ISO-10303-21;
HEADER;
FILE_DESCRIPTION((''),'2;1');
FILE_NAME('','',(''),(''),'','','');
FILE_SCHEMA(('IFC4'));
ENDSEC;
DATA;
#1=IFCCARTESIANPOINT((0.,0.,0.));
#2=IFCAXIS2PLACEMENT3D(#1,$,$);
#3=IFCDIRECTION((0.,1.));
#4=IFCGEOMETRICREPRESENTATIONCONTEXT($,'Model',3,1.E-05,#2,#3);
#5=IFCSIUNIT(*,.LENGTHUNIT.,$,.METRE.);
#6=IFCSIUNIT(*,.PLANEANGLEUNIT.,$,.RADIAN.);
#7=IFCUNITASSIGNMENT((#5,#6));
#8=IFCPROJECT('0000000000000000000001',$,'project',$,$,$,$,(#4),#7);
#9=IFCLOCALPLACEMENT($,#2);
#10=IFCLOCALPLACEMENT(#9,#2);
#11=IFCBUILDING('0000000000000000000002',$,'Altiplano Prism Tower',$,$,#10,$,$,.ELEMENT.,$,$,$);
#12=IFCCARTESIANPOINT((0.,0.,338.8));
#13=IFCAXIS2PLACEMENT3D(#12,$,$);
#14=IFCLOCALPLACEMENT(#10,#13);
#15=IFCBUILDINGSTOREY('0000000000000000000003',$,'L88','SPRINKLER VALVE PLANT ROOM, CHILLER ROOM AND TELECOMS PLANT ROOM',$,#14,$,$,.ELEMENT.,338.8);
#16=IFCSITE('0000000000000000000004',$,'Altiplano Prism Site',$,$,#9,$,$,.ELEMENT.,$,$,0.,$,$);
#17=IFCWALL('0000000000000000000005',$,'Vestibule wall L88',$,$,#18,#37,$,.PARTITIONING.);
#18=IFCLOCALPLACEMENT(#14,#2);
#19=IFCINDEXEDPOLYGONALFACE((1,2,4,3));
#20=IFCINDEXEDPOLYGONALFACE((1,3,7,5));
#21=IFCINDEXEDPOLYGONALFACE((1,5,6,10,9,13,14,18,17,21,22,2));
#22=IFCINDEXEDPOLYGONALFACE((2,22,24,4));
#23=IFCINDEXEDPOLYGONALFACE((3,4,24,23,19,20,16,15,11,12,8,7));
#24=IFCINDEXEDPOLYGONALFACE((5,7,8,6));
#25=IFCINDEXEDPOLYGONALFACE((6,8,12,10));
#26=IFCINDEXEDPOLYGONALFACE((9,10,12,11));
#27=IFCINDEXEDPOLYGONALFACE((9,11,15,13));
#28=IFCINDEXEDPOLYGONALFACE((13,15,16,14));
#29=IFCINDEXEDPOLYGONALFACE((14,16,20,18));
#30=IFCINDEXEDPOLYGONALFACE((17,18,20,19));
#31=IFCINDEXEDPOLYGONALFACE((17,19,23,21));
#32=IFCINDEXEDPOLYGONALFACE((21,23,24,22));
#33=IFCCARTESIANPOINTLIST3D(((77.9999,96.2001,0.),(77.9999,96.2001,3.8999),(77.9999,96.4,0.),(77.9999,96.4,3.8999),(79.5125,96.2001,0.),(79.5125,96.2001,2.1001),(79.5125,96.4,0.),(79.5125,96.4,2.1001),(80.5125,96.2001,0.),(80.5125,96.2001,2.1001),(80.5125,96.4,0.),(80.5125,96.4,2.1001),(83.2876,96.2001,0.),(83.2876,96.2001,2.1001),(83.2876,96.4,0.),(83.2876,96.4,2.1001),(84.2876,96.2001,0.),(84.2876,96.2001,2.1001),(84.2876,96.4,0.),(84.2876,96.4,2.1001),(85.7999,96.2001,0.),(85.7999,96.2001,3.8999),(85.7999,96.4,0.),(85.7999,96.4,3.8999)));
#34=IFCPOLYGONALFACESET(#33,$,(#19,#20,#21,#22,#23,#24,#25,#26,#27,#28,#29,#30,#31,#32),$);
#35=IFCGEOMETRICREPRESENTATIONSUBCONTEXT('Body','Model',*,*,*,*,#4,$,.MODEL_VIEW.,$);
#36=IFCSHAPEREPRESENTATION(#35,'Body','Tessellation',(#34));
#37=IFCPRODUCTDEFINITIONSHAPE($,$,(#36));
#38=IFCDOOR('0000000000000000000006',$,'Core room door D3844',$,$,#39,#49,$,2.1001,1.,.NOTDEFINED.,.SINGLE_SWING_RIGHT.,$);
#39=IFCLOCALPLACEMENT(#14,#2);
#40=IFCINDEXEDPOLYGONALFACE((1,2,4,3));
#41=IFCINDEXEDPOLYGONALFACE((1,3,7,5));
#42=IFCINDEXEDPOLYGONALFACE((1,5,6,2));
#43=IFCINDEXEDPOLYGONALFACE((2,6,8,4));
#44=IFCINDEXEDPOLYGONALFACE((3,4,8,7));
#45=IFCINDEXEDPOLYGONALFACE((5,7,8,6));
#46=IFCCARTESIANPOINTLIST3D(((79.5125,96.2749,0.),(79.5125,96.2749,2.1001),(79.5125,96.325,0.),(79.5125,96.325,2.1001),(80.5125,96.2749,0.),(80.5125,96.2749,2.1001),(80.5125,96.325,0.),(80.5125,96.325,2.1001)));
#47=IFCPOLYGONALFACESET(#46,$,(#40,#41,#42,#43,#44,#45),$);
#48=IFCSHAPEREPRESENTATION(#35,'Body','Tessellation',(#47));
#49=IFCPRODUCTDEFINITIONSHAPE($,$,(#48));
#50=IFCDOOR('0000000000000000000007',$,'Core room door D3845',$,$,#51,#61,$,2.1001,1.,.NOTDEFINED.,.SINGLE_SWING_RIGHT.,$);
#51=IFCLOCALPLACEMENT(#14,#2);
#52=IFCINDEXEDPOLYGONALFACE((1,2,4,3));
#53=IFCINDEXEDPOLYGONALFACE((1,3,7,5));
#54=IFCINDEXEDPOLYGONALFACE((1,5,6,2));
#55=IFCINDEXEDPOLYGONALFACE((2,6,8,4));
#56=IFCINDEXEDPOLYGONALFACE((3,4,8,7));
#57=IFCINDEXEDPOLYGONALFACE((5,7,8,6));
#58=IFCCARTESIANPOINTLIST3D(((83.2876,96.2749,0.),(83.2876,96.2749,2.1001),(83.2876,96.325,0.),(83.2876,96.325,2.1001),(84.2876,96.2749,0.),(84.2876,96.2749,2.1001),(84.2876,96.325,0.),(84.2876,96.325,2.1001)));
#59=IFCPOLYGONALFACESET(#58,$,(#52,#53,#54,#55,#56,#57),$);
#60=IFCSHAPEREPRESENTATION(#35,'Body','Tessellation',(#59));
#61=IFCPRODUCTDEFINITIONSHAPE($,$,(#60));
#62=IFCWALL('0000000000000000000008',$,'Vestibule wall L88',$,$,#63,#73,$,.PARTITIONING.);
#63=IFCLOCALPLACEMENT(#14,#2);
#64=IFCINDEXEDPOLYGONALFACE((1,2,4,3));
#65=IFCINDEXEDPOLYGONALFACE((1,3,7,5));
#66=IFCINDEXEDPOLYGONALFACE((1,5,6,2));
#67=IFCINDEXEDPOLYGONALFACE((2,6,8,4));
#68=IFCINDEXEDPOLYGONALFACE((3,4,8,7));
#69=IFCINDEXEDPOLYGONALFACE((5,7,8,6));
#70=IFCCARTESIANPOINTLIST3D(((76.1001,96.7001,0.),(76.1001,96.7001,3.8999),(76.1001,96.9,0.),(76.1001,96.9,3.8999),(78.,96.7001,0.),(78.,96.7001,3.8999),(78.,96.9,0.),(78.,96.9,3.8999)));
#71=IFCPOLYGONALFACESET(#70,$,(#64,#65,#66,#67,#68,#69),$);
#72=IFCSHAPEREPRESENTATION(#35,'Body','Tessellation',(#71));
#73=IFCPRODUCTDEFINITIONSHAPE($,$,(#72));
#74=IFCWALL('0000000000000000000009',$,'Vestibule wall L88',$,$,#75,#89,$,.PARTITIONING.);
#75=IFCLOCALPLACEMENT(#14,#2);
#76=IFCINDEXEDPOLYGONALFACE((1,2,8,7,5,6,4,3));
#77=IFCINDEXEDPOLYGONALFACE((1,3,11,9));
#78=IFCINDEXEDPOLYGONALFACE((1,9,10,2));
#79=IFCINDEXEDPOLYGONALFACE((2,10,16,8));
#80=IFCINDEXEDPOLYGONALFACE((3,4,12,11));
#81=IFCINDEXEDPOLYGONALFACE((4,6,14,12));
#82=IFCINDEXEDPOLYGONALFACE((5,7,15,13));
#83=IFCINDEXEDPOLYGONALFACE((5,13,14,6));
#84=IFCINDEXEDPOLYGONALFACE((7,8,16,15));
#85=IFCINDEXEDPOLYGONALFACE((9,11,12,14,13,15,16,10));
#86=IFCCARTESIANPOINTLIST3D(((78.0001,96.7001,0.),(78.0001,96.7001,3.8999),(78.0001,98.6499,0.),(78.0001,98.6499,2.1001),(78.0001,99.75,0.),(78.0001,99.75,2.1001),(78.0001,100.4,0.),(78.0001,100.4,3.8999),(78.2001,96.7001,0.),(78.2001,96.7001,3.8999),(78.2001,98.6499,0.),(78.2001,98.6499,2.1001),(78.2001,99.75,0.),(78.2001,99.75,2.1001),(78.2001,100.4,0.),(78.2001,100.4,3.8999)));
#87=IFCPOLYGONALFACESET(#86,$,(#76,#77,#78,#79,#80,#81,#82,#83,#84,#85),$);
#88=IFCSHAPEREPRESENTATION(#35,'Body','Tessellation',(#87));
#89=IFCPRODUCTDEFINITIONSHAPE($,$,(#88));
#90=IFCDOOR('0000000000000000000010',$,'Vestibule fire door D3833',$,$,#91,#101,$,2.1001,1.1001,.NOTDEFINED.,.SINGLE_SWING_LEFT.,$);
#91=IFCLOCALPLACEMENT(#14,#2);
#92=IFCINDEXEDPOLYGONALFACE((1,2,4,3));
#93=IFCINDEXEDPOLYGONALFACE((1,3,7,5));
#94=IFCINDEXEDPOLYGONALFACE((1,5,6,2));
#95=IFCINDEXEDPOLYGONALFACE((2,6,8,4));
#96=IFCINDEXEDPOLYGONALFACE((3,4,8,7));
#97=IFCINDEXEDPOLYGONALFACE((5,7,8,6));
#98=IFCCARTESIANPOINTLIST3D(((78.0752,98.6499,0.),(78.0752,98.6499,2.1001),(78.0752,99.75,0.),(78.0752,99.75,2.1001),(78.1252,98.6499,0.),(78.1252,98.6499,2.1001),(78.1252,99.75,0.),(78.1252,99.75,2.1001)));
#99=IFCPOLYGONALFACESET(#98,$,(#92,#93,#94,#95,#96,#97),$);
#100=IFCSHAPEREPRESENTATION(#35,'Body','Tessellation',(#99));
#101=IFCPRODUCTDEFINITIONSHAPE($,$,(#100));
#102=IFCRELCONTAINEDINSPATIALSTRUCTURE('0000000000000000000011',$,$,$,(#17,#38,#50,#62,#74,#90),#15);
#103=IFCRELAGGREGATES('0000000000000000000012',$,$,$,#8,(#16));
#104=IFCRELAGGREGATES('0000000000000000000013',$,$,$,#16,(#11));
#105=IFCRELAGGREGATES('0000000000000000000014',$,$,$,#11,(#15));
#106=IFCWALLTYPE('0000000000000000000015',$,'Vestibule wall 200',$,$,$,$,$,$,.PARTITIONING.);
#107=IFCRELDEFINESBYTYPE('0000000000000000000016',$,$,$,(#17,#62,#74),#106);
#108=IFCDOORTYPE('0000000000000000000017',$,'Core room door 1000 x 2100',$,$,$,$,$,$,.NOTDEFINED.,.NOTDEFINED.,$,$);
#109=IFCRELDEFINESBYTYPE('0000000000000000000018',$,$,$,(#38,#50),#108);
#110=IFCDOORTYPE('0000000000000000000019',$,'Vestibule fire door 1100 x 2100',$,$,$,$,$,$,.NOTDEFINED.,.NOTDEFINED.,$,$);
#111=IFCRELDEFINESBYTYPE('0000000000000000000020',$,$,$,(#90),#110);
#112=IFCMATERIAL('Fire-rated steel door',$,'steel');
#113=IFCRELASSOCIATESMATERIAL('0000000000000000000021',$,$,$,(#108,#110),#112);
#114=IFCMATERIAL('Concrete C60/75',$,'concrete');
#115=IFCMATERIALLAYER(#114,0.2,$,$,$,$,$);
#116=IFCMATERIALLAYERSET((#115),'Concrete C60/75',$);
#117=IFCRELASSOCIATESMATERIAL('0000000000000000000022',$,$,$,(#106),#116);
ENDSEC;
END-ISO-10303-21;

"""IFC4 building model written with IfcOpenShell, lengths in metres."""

from ifc_helpers import new_model, si_unit, direction, frame, frame_2d, origin, place, context, subcontext, project, spatial, rectangle, extrude, material, layer, layer_set, type_object, element, fill, save


model = new_model("IFC4")

# Units and contexts
model_context = context("Model", 3, precision=1e-05, world=origin(), true_north=direction((0.0, 1.0)))
body_context = subcontext(model_context, "Body", "Model", "MODEL_VIEW")
ifc_project = project(units=[si_unit("LENGTHUNIT", "METRE"), si_unit("PLANEANGLEUNIT", "RADIAN")], contexts=[model_context])

# Site, building, storey
site_placement = place(None, origin())
site = spatial("IfcSite", under=ifc_project, at=site_placement, Name="Altiplano Prism Site", CompositionType="ELEMENT", RefElevation=0.0)
building_placement = place(site_placement, origin())
building = spatial("IfcBuilding", under=site, at=building_placement, Name="Altiplano Prism Tower", CompositionType="ELEMENT")
storey_placement = place(building_placement, frame((0.0, 0.0, 338.8)))
storey = spatial("IfcBuildingStorey", under=building, at=storey_placement, Name="L88", Description="SPRINKLER VALVE PLANT ROOM, CHILLER ROOM AND TELECOMS PLANT ROOM", CompositionType="ELEMENT", Elevation=338.8)

# Shared definitions
ifc_material_1 = material(Name="Concrete C60/75", Category="concrete")

# Shared definitions
ifc_material_2 = material(Name="Fire-rated steel door", Category="steel")
door_type_1 = type_object("IfcDoorType", Name="Core room door 1000 x 2100", OperationType="NOTDEFINED", PredefinedType="NOTDEFINED", material=ifc_material_2)

# Shared definitions
ifc_layer_1 = layer(ifc_material_1, 0.2)
ifc_layer_set_1 = layer_set([ifc_layer_1], Name="Concrete C60/75")
wall_type_1 = type_object("IfcWallType", Name="Vestibule wall 200", PredefinedType="PARTITIONING", material=ifc_layer_set_1)

# Wall, openings, doors
wall_1_placement = place(storey_placement, frame((78.0, 96.3, 0.0), z_axis=(0.0, 0.0, 1.0), x_axis=(1.0, 0.0, 0.0)))
wall_1 = element("IfcWall", 1, at=wall_1_placement, inside=storey, type_object=wall_type_1, Name="Vestibule wall L88", PredefinedType="PARTITIONING", context=body_context, shape_type="SweptSolid", body=[
    extrude(rectangle(XDim=7.8, YDim=0.2, at=frame_2d((3.8999, 0.0))), origin(), (0.0, 0.0, 1.0), 3.8999),
])
opening_1_placement = place(wall_1_placement, frame((1.5125, 0.0, 0.0)))
opening_1 = element("IfcOpeningElement", 2, at=opening_1_placement, cuts=wall_1, PredefinedType="OPENING", context=body_context, shape_type="SweptSolid", body=[
    extrude(rectangle(XDim=1.0, YDim=2.1001, at=frame_2d((0.5, 1.05))), frame((0.0, 0.1104, 0.0), z_axis=(0.0, -1.0, 0.0), x_axis=(1.0, 0.0, 0.0)), (0.0, 0.0, 1.0), 0.2209),
])
opening_2_placement = place(wall_1_placement, frame((5.2876, 0.0, 0.0)))
opening_2 = element("IfcOpeningElement", 3, at=opening_2_placement, cuts=wall_1, PredefinedType="OPENING", context=body_context, shape_type="SweptSolid", body=[
    extrude(rectangle(XDim=1.0, YDim=2.1001, at=frame_2d((0.5, 1.05))), frame((0.0, 0.1104, 0.0), z_axis=(0.0, -1.0, 0.0), x_axis=(1.0, 0.0, 0.0)), (0.0, 0.0, 1.0), 0.2209),
])
door_1_placement = place(opening_1_placement, origin())
door_1 = element("IfcDoor", 4, at=door_1_placement, inside=storey, type_object=door_type_1, Name="Core room door D3844", OperationType="SINGLE_SWING_RIGHT", OverallHeight=2.1001, OverallWidth=1.0, PredefinedType="NOTDEFINED", context=body_context, shape_type="SweptSolid", body=[
    extrude(rectangle(XDim=1.0, YDim=2.1001, at=frame_2d((0.5, 1.05))), frame((0.0, 0.0249, 0.0), z_axis=(0.0, -1.0, 0.0), x_axis=(1.0, 0.0, 0.0)), (0.0, 0.0, 1.0), 0.05),
])
fill(opening_1, door_1)
door_2_placement = place(opening_2_placement, origin())
door_2 = element("IfcDoor", 5, at=door_2_placement, inside=storey, type_object=door_type_1, Name="Core room door D3845", OperationType="SINGLE_SWING_RIGHT", OverallHeight=2.1001, OverallWidth=1.0, PredefinedType="NOTDEFINED", context=body_context, shape_type="SweptSolid", body=[
    extrude(rectangle(XDim=1.0, YDim=2.1001, at=frame_2d((0.5, 1.05))), frame((0.0, 0.0249, 0.0), z_axis=(0.0, -1.0, 0.0), x_axis=(1.0, 0.0, 0.0)), (0.0, 0.0, 1.0), 0.05),
])
fill(opening_2, door_2)

# Wall
wall_2_placement = place(storey_placement, frame((76.1001, 96.8, 0.0), z_axis=(0.0, 0.0, 1.0), x_axis=(1.0, 0.0, 0.0)))
element("IfcWall", 6, at=wall_2_placement, inside=storey, type_object=wall_type_1, Name="Vestibule wall L88", PredefinedType="PARTITIONING", context=body_context, shape_type="SweptSolid", body=[
    extrude(rectangle(XDim=1.8999, YDim=0.2, at=frame_2d((0.95, 0.0))), origin(), (0.0, 0.0, 1.0), 3.8999),
])

# Wall, opening, door
wall_3_placement = place(storey_placement, frame((78.1001, 96.7, 0.0), z_axis=(0.0, 0.0, 1.0), x_axis=(0.0, 1.0, 0.0)))
wall_3 = element("IfcWall", 7, at=wall_3_placement, inside=storey, type_object=wall_type_1, Name="Vestibule wall L88", PredefinedType="PARTITIONING", context=body_context, shape_type="SweptSolid", body=[
    extrude(rectangle(XDim=3.7, YDim=0.2, at=frame_2d((1.8501, 0.0))), origin(), (0.0, 0.0, 1.0), 3.8999),
])
opening_3_placement = place(wall_3_placement, frame((1.95, 0.0, 0.0)))
opening_3 = element("IfcOpeningElement", 8, at=opening_3_placement, cuts=wall_3, PredefinedType="OPENING", context=body_context, shape_type="SweptSolid", body=[
    extrude(rectangle(XDim=1.1001, YDim=2.1001, at=frame_2d((0.55, 1.05))), frame((0.0, 0.1104, 0.0), z_axis=(0.0, -1.0, 0.0), x_axis=(1.0, 0.0, 0.0)), (0.0, 0.0, 1.0), 0.2209),
])
door_type_2 = type_object("IfcDoorType", Name="Vestibule fire door 1100 x 2100", OperationType="NOTDEFINED", PredefinedType="NOTDEFINED", material=ifc_material_2)
door_3_placement = place(opening_3_placement, origin())
door_3 = element("IfcDoor", 9, at=door_3_placement, inside=storey, type_object=door_type_2, Name="Vestibule fire door D3833", OperationType="SINGLE_SWING_LEFT", OverallHeight=2.1001, OverallWidth=1.1001, PredefinedType="NOTDEFINED", context=body_context, shape_type="SweptSolid", body=[
    extrude(rectangle(XDim=1.1001, YDim=2.1001, at=frame_2d((0.55, 1.05))), frame((0.0, 0.0249, 0.0), z_axis=(0.0, -1.0, 0.0), x_axis=(1.0, 0.0, 0.0)), (0.0, 0.0, 1.0), 0.05),
])
fill(opening_3, door_3)

save(model, "model.ifc")
